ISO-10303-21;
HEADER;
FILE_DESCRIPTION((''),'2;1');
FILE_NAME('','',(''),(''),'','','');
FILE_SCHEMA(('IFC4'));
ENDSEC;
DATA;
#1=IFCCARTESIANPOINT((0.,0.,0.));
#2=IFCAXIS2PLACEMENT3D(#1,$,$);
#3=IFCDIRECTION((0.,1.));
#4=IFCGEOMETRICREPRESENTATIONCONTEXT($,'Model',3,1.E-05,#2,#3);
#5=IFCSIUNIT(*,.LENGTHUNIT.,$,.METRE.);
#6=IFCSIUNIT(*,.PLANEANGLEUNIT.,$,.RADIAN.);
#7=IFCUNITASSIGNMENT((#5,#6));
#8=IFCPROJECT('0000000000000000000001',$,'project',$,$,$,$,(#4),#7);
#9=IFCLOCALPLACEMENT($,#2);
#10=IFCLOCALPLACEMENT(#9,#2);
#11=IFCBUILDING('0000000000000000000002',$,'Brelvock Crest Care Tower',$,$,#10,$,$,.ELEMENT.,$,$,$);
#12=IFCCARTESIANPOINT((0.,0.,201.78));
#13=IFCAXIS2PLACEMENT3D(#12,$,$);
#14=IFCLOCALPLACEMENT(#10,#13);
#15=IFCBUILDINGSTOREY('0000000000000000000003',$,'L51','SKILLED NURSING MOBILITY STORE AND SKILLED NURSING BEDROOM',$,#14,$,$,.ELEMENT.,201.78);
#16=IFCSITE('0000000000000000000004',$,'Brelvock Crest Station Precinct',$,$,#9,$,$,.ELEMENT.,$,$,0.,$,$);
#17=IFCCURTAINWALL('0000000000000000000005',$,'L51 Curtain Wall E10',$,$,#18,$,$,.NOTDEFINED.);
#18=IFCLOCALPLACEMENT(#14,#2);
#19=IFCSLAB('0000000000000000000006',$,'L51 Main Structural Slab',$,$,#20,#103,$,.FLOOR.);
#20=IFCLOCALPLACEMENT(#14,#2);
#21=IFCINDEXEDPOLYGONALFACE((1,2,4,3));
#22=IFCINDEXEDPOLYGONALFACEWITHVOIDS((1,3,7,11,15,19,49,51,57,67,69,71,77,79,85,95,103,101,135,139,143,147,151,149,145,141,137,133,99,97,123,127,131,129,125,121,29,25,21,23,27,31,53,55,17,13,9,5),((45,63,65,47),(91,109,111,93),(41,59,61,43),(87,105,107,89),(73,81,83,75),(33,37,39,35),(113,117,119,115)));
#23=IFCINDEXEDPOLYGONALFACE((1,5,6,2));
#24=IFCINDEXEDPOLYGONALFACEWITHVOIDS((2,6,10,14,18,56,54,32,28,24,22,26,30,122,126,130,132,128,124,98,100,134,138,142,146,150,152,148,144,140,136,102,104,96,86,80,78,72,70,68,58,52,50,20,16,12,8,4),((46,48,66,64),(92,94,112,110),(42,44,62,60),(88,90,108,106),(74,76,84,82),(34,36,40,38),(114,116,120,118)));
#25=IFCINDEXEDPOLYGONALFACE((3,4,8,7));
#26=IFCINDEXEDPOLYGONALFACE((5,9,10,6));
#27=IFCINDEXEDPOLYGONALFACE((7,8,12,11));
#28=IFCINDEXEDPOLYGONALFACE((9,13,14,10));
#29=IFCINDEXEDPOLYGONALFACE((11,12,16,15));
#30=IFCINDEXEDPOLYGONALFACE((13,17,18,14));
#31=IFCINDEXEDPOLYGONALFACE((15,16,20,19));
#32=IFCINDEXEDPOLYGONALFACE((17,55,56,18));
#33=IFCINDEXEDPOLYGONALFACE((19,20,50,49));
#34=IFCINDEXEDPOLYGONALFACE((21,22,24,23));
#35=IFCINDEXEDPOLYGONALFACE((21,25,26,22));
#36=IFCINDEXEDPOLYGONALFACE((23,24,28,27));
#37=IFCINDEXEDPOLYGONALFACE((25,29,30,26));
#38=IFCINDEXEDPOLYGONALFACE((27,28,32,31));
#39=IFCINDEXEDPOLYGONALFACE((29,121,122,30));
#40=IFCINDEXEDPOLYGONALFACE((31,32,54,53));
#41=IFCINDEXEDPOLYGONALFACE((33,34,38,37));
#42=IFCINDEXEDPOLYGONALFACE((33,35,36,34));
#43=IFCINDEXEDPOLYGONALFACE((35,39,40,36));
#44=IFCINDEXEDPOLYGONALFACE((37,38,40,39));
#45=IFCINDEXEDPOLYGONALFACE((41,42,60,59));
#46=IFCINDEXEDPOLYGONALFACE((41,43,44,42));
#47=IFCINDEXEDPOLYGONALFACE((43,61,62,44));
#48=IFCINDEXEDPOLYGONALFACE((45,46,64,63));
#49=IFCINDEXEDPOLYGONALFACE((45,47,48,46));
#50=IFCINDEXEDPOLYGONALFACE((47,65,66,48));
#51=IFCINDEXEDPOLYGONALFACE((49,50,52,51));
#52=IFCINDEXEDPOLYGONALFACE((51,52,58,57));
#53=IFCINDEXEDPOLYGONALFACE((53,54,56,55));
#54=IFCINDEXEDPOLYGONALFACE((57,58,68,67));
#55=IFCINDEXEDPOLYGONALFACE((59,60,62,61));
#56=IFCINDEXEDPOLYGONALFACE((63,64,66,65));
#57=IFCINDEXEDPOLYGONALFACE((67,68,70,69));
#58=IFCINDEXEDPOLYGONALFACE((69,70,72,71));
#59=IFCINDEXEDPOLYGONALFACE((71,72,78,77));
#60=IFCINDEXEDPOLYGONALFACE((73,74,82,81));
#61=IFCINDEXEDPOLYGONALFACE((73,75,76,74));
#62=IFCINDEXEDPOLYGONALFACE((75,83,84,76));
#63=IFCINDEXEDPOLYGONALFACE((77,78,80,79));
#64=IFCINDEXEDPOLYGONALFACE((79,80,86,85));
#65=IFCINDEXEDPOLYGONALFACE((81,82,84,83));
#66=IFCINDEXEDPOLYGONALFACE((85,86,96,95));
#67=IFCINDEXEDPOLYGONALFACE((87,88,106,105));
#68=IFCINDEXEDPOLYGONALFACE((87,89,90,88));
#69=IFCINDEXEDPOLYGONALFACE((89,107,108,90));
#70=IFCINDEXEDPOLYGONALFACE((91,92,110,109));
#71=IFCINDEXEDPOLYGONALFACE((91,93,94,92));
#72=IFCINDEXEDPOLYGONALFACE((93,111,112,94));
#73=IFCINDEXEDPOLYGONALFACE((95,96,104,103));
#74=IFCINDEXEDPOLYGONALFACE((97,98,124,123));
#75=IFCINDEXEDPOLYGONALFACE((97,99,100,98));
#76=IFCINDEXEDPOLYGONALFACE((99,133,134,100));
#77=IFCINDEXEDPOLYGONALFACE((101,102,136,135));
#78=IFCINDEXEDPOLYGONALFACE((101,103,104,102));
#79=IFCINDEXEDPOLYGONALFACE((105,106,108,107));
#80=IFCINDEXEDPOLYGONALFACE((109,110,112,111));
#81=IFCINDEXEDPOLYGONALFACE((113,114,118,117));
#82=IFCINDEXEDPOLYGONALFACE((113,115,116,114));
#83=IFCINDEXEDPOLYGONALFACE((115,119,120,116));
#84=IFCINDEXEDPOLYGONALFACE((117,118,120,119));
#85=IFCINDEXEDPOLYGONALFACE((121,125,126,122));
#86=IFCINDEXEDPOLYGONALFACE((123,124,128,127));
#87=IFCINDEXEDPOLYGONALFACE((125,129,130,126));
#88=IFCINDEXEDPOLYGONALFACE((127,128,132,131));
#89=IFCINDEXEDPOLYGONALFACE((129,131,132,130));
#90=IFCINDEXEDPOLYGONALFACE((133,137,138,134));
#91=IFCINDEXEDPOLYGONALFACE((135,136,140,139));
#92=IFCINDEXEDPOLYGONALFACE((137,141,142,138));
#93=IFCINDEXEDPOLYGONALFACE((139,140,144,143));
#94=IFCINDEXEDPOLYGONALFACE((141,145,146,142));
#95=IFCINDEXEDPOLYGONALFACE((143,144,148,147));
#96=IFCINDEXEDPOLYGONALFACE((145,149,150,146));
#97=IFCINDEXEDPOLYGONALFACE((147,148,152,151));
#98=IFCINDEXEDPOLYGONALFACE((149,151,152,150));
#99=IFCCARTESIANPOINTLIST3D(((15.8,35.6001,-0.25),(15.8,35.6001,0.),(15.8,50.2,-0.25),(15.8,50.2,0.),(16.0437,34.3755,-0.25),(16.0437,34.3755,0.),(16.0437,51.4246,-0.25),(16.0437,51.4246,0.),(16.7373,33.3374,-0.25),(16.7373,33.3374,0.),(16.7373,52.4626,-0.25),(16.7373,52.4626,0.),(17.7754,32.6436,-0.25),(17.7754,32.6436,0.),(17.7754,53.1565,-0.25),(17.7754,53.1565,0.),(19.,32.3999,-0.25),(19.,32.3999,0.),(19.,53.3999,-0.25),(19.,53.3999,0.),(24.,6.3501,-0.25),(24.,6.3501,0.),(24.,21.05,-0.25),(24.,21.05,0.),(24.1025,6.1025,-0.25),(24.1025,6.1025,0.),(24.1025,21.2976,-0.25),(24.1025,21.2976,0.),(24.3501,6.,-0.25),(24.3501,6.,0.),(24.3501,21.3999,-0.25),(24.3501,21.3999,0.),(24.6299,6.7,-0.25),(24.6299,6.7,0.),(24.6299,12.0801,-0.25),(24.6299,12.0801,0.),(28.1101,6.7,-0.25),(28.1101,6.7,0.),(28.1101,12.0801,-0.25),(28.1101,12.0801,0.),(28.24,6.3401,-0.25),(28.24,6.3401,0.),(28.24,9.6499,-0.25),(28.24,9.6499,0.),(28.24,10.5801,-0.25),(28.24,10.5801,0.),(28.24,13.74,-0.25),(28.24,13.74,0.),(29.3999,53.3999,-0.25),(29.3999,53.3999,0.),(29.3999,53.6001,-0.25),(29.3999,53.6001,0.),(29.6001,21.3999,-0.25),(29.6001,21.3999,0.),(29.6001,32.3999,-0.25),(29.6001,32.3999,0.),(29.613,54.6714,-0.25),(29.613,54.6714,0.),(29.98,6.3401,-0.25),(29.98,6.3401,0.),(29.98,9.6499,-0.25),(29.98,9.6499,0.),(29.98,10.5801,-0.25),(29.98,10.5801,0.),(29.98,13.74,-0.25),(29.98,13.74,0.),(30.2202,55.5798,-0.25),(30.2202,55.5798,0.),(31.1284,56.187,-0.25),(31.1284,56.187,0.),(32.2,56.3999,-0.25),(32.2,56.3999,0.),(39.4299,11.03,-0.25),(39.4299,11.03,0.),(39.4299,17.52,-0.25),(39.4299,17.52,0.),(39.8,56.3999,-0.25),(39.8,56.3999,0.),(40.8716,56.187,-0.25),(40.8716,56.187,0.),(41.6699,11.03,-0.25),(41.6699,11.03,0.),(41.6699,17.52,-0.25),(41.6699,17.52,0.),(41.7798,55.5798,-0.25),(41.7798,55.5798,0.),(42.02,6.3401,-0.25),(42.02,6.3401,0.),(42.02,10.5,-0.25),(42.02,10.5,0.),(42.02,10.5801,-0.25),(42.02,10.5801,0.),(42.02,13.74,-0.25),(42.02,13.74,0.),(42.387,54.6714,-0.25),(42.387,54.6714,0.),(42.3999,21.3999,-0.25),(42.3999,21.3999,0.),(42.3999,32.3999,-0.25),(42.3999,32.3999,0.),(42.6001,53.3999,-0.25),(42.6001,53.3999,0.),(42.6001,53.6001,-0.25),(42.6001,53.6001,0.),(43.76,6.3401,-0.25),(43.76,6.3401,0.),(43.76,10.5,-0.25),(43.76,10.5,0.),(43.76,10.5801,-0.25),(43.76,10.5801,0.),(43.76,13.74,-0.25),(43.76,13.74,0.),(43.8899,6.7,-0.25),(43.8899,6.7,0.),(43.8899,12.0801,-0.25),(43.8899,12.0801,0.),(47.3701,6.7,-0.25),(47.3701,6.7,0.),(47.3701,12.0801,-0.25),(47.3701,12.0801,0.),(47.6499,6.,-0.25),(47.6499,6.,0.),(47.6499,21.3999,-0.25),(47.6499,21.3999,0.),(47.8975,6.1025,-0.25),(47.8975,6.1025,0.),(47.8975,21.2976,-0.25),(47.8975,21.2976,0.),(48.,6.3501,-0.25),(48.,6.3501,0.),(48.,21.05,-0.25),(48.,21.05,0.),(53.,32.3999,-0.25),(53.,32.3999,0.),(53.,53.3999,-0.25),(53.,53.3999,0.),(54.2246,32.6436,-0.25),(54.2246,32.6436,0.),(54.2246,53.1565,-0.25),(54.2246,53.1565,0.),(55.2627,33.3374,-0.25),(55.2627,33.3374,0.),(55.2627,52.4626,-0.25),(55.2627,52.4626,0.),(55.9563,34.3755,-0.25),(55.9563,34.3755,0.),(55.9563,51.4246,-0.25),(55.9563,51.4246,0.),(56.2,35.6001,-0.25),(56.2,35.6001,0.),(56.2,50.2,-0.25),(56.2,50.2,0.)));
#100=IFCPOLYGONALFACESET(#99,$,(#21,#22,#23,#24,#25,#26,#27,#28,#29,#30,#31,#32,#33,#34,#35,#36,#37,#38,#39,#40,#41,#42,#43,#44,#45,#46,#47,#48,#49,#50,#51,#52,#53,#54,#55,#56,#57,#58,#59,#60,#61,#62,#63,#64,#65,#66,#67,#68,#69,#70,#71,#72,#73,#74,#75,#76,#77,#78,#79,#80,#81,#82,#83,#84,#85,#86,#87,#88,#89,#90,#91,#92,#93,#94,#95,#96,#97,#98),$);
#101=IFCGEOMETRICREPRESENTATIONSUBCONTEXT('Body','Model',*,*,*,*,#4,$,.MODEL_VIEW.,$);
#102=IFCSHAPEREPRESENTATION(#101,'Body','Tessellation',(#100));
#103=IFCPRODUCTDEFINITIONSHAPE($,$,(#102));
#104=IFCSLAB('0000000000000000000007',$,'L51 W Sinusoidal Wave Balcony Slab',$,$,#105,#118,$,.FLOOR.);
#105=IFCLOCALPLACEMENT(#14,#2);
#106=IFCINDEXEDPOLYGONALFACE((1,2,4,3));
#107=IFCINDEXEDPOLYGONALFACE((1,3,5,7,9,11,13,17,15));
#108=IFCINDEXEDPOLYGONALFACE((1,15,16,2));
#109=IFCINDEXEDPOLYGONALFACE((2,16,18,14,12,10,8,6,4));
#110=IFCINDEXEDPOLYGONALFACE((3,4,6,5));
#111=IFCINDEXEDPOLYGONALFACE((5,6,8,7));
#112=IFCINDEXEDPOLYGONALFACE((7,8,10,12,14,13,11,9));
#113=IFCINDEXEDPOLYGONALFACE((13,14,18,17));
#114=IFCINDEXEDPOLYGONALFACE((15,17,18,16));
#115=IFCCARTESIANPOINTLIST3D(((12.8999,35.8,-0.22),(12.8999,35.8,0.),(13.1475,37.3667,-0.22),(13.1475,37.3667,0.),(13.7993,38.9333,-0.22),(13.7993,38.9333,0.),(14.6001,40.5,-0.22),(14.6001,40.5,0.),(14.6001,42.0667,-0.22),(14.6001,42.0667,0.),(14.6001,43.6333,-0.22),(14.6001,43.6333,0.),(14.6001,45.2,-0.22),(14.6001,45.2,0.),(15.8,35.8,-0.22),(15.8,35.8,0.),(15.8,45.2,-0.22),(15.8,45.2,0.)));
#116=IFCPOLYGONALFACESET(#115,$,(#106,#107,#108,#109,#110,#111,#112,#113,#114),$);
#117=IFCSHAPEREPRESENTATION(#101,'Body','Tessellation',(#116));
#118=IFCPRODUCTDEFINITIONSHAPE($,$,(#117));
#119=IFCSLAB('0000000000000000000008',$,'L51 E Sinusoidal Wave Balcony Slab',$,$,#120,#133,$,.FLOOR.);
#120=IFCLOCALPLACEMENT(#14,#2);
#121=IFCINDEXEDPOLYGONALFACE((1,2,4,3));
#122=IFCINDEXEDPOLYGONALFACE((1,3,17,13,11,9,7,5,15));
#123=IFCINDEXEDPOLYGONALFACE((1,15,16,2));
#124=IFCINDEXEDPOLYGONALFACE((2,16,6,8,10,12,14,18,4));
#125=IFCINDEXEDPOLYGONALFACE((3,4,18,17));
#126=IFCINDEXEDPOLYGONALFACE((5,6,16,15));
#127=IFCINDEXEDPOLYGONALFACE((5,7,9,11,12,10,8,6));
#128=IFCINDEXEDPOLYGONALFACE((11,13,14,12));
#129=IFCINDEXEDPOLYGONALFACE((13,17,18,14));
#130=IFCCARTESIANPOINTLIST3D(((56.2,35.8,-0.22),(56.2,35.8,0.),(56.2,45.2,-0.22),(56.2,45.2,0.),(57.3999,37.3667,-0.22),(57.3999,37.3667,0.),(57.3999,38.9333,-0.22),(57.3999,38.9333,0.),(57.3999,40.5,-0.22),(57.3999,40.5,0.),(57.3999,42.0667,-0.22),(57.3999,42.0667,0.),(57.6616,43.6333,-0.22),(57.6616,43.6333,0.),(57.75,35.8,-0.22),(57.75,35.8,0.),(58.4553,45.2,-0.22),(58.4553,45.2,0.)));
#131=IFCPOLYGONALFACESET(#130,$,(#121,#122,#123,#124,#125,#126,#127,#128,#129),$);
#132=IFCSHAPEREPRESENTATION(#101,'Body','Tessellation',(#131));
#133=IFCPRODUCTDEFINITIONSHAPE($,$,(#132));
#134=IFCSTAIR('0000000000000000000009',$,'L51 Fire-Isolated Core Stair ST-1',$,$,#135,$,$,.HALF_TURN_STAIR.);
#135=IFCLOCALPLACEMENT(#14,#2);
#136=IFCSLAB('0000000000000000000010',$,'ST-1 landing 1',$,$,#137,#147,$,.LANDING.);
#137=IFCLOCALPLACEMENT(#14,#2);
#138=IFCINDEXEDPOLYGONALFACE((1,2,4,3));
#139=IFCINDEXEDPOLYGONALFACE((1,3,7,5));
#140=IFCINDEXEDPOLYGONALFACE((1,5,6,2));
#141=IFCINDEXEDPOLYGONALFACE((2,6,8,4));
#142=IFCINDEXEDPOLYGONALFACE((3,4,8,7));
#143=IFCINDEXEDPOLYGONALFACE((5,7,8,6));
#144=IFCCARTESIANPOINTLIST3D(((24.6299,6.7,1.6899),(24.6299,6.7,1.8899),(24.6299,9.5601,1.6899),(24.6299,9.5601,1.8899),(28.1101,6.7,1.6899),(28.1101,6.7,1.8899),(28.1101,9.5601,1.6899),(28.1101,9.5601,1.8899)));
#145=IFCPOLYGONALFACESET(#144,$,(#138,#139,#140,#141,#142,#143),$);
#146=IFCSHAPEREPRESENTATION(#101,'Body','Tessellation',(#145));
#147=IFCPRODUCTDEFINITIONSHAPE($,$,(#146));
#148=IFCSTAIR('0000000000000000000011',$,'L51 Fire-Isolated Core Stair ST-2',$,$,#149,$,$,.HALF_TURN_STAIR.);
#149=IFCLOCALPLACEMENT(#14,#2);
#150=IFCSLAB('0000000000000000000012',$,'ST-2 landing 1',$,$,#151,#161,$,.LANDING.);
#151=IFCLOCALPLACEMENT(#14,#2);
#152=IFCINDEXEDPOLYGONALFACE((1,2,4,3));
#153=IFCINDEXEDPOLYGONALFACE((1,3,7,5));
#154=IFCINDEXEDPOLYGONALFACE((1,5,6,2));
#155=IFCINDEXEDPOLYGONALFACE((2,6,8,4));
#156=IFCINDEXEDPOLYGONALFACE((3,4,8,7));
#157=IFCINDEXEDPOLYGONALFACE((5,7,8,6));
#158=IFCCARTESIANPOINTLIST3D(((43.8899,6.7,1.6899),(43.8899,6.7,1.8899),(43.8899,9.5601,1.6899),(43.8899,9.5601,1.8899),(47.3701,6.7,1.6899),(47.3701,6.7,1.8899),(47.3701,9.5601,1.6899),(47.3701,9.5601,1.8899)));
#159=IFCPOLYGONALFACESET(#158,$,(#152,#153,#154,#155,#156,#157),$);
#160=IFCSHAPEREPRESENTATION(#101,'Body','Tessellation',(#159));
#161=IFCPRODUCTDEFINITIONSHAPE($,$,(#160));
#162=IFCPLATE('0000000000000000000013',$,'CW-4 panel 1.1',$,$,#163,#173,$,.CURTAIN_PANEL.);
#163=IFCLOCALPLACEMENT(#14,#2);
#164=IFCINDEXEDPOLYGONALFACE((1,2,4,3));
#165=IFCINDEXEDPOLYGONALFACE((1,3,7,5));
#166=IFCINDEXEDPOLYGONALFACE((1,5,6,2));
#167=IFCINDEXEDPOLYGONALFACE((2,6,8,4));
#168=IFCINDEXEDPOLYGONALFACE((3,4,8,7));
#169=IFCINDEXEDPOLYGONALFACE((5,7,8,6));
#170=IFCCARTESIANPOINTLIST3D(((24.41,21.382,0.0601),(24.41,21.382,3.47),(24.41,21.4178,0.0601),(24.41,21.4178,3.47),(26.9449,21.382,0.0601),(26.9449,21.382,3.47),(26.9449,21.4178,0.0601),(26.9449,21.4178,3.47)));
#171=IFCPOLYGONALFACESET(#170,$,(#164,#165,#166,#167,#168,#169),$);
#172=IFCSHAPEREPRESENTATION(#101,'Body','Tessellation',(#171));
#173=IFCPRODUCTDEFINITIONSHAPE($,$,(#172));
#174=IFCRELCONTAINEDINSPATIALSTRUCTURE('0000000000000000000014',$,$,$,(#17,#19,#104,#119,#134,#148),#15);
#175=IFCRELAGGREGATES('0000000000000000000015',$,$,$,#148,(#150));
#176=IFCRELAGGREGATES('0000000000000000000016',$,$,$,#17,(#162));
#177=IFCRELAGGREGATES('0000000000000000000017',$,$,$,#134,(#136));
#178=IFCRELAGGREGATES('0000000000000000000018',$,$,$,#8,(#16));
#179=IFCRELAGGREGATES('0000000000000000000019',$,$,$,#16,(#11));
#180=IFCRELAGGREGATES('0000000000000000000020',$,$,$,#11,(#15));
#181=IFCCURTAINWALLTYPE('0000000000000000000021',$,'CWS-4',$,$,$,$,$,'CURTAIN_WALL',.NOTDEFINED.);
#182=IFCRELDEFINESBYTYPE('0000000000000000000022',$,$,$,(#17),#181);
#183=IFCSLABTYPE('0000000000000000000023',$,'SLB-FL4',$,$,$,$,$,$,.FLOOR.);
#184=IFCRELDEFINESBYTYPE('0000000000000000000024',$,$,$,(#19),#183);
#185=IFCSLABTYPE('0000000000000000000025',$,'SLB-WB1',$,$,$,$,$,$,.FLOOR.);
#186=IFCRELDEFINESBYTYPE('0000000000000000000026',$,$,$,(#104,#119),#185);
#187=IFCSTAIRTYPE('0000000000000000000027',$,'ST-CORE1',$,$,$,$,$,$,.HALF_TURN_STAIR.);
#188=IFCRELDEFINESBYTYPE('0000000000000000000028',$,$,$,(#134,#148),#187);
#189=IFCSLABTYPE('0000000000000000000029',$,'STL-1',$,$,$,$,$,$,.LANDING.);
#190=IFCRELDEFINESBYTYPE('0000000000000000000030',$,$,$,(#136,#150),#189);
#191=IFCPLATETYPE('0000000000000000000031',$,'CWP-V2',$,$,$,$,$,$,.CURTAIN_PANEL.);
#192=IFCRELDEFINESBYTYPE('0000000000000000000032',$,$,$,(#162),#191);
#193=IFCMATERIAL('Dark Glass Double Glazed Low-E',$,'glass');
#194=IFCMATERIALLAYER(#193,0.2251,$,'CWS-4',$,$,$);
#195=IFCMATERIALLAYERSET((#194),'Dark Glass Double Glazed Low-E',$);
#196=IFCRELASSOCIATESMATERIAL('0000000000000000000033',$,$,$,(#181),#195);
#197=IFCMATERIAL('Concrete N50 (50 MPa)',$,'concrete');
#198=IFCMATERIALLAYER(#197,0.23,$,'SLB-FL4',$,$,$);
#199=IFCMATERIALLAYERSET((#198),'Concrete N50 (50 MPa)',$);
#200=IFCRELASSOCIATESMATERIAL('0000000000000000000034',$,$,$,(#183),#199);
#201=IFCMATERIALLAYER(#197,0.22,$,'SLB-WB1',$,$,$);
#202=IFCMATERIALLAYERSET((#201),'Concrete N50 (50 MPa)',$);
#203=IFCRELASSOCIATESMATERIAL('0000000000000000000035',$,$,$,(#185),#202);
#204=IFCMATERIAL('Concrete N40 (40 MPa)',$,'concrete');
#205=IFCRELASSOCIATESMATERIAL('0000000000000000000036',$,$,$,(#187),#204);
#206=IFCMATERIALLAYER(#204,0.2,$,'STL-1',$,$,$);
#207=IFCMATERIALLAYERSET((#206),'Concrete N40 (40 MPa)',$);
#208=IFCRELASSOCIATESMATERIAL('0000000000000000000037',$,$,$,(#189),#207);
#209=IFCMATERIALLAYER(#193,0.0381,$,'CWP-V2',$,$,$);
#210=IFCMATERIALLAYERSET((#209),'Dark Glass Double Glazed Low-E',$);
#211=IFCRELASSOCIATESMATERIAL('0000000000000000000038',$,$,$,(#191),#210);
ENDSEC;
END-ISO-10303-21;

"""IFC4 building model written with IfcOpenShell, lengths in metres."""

from ifc_helpers import new_model, si_unit, direction, frame, origin, origin_2d, place, context, subcontext, project, spatial, polyline, rectangle, outline, extrude, source, transform, mapped, material, layer, layer_set, type_object, element, aggregate, save


model = new_model("IFC4")

# Units and contexts
model_context = context("Model", 3, precision=1e-05, world=origin(), true_north=direction((0.0, 1.0)))
body_context = subcontext(model_context, "Body", "Model", "MODEL_VIEW")
ifc_project = project(units=[si_unit("LENGTHUNIT", "METRE"), si_unit("PLANEANGLEUNIT", "RADIAN")], contexts=[model_context])

# Site, building, storey
site_placement = place(None, origin())
site = spatial("IfcSite", under=ifc_project, at=site_placement, Name="Brelvock Crest Station Precinct", CompositionType="ELEMENT", RefElevation=0.0)
building_placement = place(site_placement, origin())
building = spatial("IfcBuilding", under=site, at=building_placement, Name="Brelvock Crest Care Tower", CompositionType="ELEMENT")
storey_placement = place(building_placement, frame((0.0, 0.0, 201.78)))
storey = spatial("IfcBuildingStorey", under=building, at=storey_placement, Name="L51", Description="SKILLED NURSING MOBILITY STORE AND SKILLED NURSING BEDROOM", CompositionType="ELEMENT", Elevation=201.78)

# Curtain wall
ifc_material_1 = material(Name="Dark Glass Double Glazed Low-E", Category="glass")
ifc_layer_1 = layer(ifc_material_1, 0.2251, Name="CWS-4")
ifc_layer_set_1 = layer_set([ifc_layer_1], Name="Dark Glass Double Glazed Low-E")
curtain_wall_type = type_object("IfcCurtainWallType", Name="CWS-4", ElementType="CURTAIN_WALL", PredefinedType="NOTDEFINED", material=ifc_layer_set_1)
curtain_wall_placement = place(storey_placement, origin())
curtain_wall = element("IfcCurtainWall", 1, at=curtain_wall_placement, inside=storey, type_object=curtain_wall_type, Name="L51 Curtain Wall E10", PredefinedType="NOTDEFINED")

# Slabs
ifc_material_2 = material(Name="Concrete N50 (50 MPa)", Category="concrete")
ifc_layer_2 = layer(ifc_material_2, 0.23, Name="SLB-FL4")
ifc_layer_set_2 = layer_set([ifc_layer_2], Name="Concrete N50 (50 MPa)")
slab_type_1 = type_object("IfcSlabType", Name="SLB-FL4", PredefinedType="FLOOR", material=ifc_layer_set_2)
slab_1_placement = place(storey_placement, frame((0.0, 0.0, -0.25)))
element("IfcSlab", 2, at=slab_1_placement, inside=storey, type_object=slab_type_1, Name="L51 Main Structural Slab", PredefinedType="FLOOR", context=body_context, shape_type="SweptSolid", body=[
    extrude(outline(polyline([(47.6499, 21.3999), (42.3999, 21.3999), (42.3999, 32.3999), (53.0, 32.3999), (54.2246, 32.6436), (55.2627, 33.3374), (55.9563, 34.3755), (56.2, 35.6001), (56.2, 50.2), (55.9563, 51.4246), (55.2627, 52.4626), (54.2246, 53.1565), (53.0, 53.3999), (42.6001, 53.3999), (42.6001, 53.6001), (42.387, 54.6714), (41.7798, 55.5798), (40.8716, 56.187), (39.8, 56.3999), (32.2, 56.3999), (31.1284, 56.187), (30.2202, 55.5798), (29.613, 54.6714), (29.3999, 53.6001), (29.3999, 53.3999), (19.0, 53.3999), (17.7754, 53.1565), (16.7373, 52.4626), (16.0437, 51.4246), (15.8, 50.2), (15.8, 35.6001), (16.0437, 34.3755), (16.7373, 33.3374), (17.7754, 32.6436), (19.0, 32.3999), (29.6001, 32.3999), (29.6001, 21.3999), (24.3501, 21.3999), (24.1025, 21.2976), (24.0, 21.05), (24.0, 6.3501), (24.1025, 6.1025), (24.3501, 6.0), (47.6499, 6.0), (47.8975, 6.1025), (48.0, 6.3501), (48.0, 21.05), (47.8975, 21.2976), (47.6499, 21.3999)]), holes=[polyline([(28.24, 10.5801), (29.98, 10.5801), (29.98, 13.74), (28.24, 13.74), (28.24, 10.5801)]), polyline([(42.02, 10.5801), (43.76, 10.5801), (43.76, 13.74), (42.02, 13.74), (42.02, 10.5801)]), polyline([(28.24, 6.3401), (29.98, 6.3401), (29.98, 9.6499), (28.24, 9.6499), (28.24, 6.3401)]), polyline([(24.6299, 12.0801), (24.6299, 6.7), (28.1101, 6.7), (28.1101, 12.0801), (24.6299, 12.0801)]), polyline([(43.8899, 12.0801), (43.8899, 6.7), (47.3701, 6.7), (47.3701, 12.0801), (43.8899, 12.0801)]), polyline([(42.02, 6.3401), (43.76, 6.3401), (43.76, 10.5), (42.02, 10.5), (42.02, 6.3401)]), polyline([(39.4299, 11.03), (41.6699, 11.03), (41.6699, 17.52), (39.4299, 17.52), (39.4299, 11.03)])]), origin(), (0.0, 0.0, 1.0), 0.25),
])
ifc_layer_3 = layer(ifc_material_2, 0.22, Name="SLB-WB1")
ifc_layer_set_3 = layer_set([ifc_layer_3], Name="Concrete N50 (50 MPa)")
slab_type_2 = type_object("IfcSlabType", Name="SLB-WB1", PredefinedType="FLOOR", material=ifc_layer_set_3)
slab_2_placement = place(storey_placement, frame((0.0, 0.0, -0.22)))
element("IfcSlab", 3, at=slab_2_placement, inside=storey, type_object=slab_type_2, Name="L51 W Sinusoidal Wave Balcony Slab", PredefinedType="FLOOR", context=body_context, shape_type="SweptSolid", body=[
    extrude(outline(polyline([(15.8, 45.2), (14.6001, 45.2), (14.6001, 43.6333), (14.6001, 42.0667), (14.6001, 40.5), (13.7993, 38.9333), (13.1475, 37.3667), (12.8999, 35.8), (15.8, 35.8), (15.8, 45.2)])), origin(), (0.0, 0.0, 1.0), 0.22),
])
slab_3_placement = place(storey_placement, frame((0.0, 0.0, -0.22)))
element("IfcSlab", 4, at=slab_3_placement, inside=storey, type_object=slab_type_2, Name="L51 E Sinusoidal Wave Balcony Slab", PredefinedType="FLOOR", context=body_context, shape_type="SweptSolid", body=[
    extrude(outline(polyline([(56.2, 35.8), (57.75, 35.8), (57.3999, 37.3667), (57.3999, 38.9333), (57.3999, 40.5), (57.3999, 42.0667), (57.6616, 43.6333), (58.4553, 45.2), (56.2, 45.2), (56.2, 35.8)])), origin(), (0.0, 0.0, 1.0), 0.22),
])

# Stairs, slabs
ifc_material_3 = material(Name="Concrete N40 (40 MPa)", Category="concrete")
stair_type = type_object("IfcStairType", Name="ST-CORE1", PredefinedType="HALF_TURN_STAIR", material=ifc_material_3)
stair_1_placement = place(storey_placement, origin())
stair_1 = element("IfcStair", 5, at=stair_1_placement, inside=storey, type_object=stair_type, Name="L51 Fire-Isolated Core Stair ST-1", PredefinedType="HALF_TURN_STAIR")
ifc_layer_4 = layer(ifc_material_3, 0.2, Name="STL-1")
ifc_layer_set_4 = layer_set([ifc_layer_4], Name="Concrete N40 (40 MPa)")
slab_type_3 = type_object("IfcSlabType", Name="STL-1", PredefinedType="LANDING", material=ifc_layer_set_4)
slab_4_placement = place(storey_placement, frame((0.0, 0.0, 1.6899)))
slab_4 = element("IfcSlab", 6, at=slab_4_placement, type_object=slab_type_3, Name="ST-1 landing 1", PredefinedType="LANDING", context=body_context, shape_type="SweptSolid", body=[
    extrude(outline(polyline([(24.6299, 9.5601), (24.6299, 6.7), (28.1101, 6.7), (28.1101, 9.5601), (24.6299, 9.5601)])), origin(), (0.0, 0.0, 1.0), 0.2),
])
stair_2_placement = place(storey_placement, origin())
stair_2 = element("IfcStair", 7, at=stair_2_placement, inside=storey, type_object=stair_type, Name="L51 Fire-Isolated Core Stair ST-2", PredefinedType="HALF_TURN_STAIR")
slab_5_placement = place(storey_placement, frame((0.0, 0.0, 1.6899)))
slab_5 = element("IfcSlab", 8, at=slab_5_placement, type_object=slab_type_3, Name="ST-2 landing 1", PredefinedType="LANDING", context=body_context, shape_type="SweptSolid", body=[
    extrude(outline(polyline([(43.8899, 9.5601), (43.8899, 6.7), (47.3701, 6.7), (47.3701, 9.5601), (43.8899, 9.5601)])), origin(), (0.0, 0.0, 1.0), 0.2),
])
aggregate(stair_2, [slab_5])

# Plate
ifc_layer_5 = layer(ifc_material_1, 0.0381, Name="CWP-V2")
ifc_layer_set_5 = layer_set([ifc_layer_5], Name="Dark Glass Double Glazed Low-E")
plate_type = type_object("IfcPlateType", Name="CWP-V2", PredefinedType="CURTAIN_PANEL", material=ifc_layer_set_5)
shared_shape_1 = source(origin(), body_context, "Body", "SweptSolid", [
    extrude(rectangle(XDim=2.5349, YDim=0.0359, at=origin_2d()), origin(), (0.0, 0.0, 1.0), 3.4099),
])
plate_placement = place(storey_placement, frame((25.6775, 21.3999, 0.0601), z_axis=(0.0, 0.0, 1.0), x_axis=(1.0, 0.0, 0.0)))
plate = element("IfcPlate", 9, at=plate_placement, type_object=plate_type, Name="CW-4 panel 1.1", PredefinedType="CURTAIN_PANEL", context=body_context, shape_type="MappedRepresentation", body=[
    mapped(shared_shape_1, transform((0.0, 0.0, 0.0), x_axis=(1.0, 0.0, 0.0), y_axis=(0.0, 1.0, 0.0), z_axis=(0.0, 0.0, 1.0), scale=1.0)),
])
aggregate(curtain_wall, [plate])

aggregate(stair_1, [slab_4])

save(model, "model.ifc")
